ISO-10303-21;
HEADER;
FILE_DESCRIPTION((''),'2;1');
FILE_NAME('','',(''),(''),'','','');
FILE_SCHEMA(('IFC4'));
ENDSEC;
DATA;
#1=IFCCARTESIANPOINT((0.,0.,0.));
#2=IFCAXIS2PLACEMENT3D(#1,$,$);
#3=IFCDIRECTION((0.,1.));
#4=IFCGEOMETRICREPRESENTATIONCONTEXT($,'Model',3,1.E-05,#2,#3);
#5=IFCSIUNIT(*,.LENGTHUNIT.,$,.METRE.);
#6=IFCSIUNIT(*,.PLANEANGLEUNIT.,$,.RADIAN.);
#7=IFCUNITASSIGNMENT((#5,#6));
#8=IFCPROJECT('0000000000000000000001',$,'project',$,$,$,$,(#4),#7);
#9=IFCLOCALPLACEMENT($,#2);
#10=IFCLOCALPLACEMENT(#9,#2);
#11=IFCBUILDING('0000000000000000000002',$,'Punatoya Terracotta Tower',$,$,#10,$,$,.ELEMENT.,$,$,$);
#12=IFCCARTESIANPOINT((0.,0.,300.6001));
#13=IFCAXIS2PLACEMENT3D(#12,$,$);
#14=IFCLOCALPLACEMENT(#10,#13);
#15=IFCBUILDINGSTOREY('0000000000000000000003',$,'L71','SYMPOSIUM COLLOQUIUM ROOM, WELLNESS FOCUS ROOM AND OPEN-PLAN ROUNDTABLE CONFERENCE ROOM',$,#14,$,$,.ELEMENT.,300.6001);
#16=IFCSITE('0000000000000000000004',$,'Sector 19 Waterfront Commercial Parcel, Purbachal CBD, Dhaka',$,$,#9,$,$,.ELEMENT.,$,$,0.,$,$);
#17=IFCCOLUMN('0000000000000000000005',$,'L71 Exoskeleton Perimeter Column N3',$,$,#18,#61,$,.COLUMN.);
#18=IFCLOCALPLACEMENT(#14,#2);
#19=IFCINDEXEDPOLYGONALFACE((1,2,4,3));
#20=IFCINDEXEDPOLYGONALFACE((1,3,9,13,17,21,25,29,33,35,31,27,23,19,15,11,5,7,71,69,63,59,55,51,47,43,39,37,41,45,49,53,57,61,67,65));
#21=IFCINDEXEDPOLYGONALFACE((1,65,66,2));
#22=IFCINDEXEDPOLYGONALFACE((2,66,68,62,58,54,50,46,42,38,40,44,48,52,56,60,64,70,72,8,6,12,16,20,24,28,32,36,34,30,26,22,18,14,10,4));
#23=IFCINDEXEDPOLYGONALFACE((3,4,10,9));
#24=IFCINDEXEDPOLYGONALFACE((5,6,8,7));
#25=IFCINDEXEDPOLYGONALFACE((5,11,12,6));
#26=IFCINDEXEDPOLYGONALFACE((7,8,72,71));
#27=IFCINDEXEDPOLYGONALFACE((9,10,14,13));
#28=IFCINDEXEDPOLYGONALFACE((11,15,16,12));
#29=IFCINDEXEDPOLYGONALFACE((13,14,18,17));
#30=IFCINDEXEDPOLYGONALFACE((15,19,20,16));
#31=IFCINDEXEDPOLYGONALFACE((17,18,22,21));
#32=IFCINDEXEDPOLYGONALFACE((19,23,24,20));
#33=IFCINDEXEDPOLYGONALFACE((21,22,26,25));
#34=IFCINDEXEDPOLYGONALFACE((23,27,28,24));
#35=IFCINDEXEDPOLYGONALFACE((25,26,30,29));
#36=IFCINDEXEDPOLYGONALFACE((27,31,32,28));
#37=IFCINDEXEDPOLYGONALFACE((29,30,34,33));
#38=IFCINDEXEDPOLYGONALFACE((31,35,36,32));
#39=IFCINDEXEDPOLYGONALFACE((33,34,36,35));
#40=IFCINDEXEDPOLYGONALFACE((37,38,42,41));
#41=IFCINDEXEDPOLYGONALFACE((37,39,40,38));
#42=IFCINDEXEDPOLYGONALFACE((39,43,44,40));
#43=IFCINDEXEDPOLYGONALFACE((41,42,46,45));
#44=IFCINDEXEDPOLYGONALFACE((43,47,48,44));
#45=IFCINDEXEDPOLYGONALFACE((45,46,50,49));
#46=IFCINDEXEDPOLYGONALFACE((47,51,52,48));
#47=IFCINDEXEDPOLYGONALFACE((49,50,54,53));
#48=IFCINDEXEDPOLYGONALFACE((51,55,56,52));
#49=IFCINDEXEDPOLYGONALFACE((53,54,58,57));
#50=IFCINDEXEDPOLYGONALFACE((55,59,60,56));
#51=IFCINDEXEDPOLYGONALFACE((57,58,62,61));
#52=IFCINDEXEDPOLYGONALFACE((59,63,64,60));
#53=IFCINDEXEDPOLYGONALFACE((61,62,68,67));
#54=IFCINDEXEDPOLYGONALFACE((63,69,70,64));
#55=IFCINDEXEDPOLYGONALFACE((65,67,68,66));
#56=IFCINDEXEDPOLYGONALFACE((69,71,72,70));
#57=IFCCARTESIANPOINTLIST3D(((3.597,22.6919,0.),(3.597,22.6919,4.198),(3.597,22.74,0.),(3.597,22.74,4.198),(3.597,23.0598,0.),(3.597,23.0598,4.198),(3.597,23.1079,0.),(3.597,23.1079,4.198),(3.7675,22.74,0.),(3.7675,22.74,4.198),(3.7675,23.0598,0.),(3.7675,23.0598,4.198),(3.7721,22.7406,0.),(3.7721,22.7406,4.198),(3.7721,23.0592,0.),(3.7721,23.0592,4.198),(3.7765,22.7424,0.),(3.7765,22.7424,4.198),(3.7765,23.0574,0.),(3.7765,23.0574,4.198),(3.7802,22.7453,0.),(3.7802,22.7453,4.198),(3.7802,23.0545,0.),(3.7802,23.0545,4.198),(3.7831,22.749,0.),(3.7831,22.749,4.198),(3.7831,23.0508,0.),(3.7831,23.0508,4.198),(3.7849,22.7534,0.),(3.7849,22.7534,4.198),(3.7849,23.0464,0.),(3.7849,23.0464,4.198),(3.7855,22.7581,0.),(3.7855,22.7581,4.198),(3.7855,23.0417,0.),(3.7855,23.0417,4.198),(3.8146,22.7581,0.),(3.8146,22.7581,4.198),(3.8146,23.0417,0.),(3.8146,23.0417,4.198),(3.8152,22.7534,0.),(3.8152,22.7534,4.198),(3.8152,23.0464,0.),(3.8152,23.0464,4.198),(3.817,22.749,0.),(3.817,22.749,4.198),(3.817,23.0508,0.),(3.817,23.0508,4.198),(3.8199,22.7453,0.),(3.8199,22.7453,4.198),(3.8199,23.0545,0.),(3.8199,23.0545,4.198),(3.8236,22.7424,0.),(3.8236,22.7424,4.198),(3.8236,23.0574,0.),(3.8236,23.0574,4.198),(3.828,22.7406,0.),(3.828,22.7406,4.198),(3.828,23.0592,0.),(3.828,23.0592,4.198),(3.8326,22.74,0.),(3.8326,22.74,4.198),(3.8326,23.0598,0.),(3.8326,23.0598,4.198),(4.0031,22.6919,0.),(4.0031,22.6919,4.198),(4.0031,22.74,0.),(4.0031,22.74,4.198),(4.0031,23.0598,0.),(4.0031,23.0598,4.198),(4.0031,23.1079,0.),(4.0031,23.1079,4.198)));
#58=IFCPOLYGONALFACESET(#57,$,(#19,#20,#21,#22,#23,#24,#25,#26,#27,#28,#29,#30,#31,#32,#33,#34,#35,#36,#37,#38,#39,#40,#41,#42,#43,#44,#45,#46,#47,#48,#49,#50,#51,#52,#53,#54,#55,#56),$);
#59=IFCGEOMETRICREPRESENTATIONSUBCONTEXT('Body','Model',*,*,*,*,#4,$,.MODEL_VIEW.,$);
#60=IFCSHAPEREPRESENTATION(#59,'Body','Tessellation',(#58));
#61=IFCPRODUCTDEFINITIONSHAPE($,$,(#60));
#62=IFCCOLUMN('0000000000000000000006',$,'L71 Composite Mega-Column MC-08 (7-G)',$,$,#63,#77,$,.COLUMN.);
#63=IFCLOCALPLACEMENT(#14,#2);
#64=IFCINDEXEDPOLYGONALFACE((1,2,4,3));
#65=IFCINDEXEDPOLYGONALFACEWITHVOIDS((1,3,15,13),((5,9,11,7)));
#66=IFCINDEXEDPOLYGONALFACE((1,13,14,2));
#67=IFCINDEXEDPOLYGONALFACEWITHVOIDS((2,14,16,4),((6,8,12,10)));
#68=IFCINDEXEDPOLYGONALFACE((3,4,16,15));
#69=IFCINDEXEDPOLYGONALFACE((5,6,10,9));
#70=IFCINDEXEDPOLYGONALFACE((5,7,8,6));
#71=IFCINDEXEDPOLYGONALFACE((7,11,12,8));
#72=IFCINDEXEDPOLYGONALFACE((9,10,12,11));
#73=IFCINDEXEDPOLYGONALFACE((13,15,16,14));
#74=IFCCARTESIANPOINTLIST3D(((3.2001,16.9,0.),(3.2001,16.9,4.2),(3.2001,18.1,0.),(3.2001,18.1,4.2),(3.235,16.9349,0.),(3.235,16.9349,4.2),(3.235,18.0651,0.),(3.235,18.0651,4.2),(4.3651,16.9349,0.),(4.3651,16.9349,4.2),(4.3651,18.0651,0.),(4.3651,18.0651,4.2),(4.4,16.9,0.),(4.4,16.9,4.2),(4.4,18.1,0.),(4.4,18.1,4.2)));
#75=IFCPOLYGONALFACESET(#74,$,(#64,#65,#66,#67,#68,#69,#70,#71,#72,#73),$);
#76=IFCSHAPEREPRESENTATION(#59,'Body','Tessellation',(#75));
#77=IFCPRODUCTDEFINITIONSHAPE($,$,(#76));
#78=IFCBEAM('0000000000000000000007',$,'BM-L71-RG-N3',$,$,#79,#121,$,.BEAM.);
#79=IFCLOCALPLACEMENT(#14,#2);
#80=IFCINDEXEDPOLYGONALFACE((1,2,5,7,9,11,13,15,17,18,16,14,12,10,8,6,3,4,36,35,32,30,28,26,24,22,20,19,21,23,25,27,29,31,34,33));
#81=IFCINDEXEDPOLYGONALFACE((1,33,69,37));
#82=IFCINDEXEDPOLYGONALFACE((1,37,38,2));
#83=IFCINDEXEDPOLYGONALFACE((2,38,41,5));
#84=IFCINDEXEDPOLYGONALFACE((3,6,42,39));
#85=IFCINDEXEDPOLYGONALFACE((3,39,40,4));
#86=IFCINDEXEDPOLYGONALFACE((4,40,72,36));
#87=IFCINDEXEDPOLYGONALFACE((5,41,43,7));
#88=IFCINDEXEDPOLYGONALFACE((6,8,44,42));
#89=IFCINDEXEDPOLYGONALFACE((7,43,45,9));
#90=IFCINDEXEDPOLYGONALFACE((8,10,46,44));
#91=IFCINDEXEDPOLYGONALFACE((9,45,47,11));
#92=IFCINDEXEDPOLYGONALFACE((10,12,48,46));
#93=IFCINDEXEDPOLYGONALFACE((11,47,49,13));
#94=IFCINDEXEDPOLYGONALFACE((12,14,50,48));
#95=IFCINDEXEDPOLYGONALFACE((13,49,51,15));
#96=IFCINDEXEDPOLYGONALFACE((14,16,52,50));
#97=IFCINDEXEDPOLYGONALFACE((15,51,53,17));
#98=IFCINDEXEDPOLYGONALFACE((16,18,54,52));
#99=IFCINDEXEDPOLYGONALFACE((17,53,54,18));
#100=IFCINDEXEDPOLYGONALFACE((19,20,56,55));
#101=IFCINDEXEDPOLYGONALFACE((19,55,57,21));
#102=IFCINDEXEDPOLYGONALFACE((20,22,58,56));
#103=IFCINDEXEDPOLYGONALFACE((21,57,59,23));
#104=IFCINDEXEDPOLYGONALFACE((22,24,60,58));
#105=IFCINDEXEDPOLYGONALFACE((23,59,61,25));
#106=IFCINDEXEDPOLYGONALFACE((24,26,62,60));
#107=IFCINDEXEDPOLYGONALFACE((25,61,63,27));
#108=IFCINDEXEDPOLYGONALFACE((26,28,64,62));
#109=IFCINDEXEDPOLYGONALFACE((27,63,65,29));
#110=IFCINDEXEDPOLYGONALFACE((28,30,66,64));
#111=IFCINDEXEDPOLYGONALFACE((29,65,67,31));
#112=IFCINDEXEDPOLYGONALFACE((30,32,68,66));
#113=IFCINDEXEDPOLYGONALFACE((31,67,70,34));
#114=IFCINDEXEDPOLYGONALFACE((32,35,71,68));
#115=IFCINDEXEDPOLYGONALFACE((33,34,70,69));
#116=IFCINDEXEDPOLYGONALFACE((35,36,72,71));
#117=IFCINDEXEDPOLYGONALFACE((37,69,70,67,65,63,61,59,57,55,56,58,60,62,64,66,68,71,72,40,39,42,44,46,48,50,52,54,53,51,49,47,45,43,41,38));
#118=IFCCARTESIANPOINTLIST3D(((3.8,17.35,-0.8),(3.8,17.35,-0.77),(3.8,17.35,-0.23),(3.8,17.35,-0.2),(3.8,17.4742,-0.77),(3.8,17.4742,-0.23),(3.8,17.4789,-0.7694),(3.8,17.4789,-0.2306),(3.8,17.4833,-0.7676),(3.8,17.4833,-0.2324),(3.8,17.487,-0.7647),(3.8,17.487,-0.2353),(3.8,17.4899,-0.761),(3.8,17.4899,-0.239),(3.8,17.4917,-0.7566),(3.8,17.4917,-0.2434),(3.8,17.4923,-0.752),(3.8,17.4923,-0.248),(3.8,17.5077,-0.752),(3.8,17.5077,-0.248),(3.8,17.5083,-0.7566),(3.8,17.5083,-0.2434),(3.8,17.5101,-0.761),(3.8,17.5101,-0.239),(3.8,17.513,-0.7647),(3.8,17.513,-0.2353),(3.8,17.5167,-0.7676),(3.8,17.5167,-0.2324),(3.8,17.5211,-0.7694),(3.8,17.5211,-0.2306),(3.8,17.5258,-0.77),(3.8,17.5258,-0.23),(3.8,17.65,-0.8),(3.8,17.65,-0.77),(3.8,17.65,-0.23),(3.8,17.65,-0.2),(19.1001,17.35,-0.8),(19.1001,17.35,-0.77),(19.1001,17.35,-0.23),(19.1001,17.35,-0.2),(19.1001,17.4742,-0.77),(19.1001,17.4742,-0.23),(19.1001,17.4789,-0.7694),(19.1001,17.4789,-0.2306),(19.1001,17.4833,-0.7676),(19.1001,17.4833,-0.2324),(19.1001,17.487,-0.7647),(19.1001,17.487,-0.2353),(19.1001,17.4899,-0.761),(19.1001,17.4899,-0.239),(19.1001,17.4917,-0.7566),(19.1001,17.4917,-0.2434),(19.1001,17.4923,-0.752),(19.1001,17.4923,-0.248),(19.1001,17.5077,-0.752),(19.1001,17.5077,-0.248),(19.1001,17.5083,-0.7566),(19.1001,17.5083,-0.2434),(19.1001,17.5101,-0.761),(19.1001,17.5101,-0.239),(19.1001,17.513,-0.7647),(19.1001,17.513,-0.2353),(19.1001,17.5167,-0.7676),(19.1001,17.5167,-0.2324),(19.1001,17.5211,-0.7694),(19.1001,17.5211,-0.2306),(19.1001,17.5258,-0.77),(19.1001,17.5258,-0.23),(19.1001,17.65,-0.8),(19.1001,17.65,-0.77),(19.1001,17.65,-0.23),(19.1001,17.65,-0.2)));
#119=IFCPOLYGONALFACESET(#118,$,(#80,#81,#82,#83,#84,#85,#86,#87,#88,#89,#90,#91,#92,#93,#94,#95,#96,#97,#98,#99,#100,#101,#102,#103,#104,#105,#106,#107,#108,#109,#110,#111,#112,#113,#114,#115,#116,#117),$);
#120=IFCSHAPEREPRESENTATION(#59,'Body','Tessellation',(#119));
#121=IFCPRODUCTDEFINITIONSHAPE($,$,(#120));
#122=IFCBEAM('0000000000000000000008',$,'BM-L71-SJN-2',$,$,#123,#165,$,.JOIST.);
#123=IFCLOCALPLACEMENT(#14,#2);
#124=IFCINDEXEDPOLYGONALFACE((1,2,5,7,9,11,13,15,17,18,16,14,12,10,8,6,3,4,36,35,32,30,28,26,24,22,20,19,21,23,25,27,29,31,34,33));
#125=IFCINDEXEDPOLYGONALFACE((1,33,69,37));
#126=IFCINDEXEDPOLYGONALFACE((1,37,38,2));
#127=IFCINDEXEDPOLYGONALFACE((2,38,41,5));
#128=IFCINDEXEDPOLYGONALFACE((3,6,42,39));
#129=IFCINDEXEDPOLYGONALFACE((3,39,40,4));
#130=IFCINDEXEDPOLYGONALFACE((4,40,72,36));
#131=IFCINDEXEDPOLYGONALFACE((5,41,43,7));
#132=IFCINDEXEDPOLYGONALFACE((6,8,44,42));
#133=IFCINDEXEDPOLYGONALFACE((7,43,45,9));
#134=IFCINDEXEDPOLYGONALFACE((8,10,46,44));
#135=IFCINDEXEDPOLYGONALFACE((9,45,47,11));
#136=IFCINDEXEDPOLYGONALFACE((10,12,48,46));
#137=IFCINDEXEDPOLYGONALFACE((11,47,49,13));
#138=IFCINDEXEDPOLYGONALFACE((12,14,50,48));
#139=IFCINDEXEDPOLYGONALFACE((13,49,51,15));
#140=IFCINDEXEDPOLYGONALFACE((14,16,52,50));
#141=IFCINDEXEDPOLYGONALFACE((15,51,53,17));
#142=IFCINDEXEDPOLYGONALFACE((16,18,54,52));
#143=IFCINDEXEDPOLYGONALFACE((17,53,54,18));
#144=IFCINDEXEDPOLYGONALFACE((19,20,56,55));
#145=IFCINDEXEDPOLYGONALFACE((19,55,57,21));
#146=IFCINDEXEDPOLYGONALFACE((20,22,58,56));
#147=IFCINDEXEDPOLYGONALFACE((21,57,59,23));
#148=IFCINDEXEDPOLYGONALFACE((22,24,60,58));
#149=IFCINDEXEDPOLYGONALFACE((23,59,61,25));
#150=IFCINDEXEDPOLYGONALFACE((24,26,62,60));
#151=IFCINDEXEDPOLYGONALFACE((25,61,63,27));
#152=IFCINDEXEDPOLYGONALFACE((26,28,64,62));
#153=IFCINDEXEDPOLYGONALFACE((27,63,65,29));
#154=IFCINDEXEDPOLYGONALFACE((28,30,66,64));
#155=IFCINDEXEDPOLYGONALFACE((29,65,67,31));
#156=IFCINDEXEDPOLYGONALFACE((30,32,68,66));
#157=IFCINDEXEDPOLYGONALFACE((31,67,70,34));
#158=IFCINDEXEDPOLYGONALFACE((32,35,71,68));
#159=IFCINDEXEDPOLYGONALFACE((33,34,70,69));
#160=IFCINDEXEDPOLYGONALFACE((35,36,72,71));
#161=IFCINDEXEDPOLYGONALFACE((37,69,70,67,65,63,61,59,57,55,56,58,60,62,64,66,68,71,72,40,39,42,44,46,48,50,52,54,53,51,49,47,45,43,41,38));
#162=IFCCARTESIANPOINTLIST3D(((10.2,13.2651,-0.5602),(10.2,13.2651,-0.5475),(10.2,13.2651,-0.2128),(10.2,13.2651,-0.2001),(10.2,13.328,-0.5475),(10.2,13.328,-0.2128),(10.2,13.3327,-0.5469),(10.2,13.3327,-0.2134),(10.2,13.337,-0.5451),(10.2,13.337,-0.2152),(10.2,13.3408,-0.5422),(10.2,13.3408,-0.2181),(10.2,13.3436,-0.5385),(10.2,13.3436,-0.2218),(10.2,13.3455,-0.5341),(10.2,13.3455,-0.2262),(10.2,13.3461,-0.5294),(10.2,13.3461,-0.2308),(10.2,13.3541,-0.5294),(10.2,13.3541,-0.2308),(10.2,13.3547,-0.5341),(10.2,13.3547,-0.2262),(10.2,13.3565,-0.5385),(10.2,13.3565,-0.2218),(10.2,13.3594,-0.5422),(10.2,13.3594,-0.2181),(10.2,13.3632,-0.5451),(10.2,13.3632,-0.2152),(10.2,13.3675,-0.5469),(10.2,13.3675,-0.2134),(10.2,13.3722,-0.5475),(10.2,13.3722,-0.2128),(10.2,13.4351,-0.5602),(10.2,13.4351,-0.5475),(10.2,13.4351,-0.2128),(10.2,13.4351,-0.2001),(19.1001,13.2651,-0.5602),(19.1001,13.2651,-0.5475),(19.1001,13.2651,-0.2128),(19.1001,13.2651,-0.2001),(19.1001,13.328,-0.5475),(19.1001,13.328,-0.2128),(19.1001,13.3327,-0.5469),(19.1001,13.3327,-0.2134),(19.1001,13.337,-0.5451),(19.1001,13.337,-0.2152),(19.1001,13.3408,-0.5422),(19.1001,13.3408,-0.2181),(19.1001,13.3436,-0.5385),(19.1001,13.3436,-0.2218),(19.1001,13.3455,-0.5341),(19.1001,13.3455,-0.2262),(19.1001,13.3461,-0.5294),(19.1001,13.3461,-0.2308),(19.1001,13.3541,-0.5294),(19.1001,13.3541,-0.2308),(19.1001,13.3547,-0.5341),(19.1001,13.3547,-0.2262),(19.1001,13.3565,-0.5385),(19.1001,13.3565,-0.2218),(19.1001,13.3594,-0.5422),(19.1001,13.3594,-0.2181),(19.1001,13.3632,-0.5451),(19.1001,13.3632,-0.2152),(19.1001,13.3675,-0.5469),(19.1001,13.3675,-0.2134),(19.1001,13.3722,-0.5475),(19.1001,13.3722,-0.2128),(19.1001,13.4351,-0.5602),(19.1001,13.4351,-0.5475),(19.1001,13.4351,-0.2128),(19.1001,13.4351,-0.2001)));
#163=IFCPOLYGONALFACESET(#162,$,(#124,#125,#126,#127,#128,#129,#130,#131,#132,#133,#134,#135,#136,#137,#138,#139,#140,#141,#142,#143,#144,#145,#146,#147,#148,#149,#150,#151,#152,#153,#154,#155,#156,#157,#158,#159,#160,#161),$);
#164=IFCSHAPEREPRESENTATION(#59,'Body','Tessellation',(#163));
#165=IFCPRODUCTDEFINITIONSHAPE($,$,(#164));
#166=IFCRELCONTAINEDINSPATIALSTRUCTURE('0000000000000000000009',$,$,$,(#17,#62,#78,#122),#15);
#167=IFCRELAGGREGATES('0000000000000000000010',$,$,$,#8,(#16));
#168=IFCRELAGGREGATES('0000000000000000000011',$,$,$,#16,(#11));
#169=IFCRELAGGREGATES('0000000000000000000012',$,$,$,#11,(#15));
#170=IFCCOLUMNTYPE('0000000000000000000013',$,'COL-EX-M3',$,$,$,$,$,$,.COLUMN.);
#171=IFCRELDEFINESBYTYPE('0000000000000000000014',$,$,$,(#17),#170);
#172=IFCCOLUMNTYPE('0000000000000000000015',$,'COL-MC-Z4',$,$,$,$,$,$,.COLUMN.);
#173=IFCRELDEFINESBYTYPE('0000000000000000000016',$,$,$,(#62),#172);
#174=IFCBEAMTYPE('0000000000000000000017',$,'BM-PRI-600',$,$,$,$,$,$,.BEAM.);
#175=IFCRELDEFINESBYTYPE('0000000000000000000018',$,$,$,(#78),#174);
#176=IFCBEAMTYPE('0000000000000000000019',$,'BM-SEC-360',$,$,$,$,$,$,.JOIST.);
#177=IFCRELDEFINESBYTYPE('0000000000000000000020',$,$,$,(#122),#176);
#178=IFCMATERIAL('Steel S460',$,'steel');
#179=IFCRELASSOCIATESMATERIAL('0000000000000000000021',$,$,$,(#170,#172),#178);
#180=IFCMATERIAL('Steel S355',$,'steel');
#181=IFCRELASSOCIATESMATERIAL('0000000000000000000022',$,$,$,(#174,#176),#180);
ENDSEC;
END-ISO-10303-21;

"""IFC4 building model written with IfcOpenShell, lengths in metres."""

from ifc_helpers import new_model, si_unit, direction, frame, origin, origin_2d, place, context, subcontext, project, spatial, hollow_rectangle, i_section, extrude, material, material_profile, profile_set, type_object, element, save


model = new_model("IFC4")

# Units and contexts
model_context = context("Model", 3, precision=1e-05, world=origin(), true_north=direction((0.0, 1.0)))
body_context = subcontext(model_context, "Body", "Model", "MODEL_VIEW")
ifc_project = project(units=[si_unit("LENGTHUNIT", "METRE"), si_unit("PLANEANGLEUNIT", "RADIAN")], contexts=[model_context])

# Site, building, storey
site_placement = place(None, origin())
site = spatial("IfcSite", under=ifc_project, at=site_placement, Name="Sector 19 Waterfront Commercial Parcel, Purbachal CBD, Dhaka", CompositionType="ELEMENT", RefElevation=0.0)
building_placement = place(site_placement, origin())
building = spatial("IfcBuilding", under=site, at=building_placement, Name="Punatoya Terracotta Tower", CompositionType="ELEMENT")
storey_placement = place(building_placement, frame((0.0, 0.0, 300.6001)))
storey = spatial("IfcBuildingStorey", under=building, at=storey_placement, Name="L71", Description="SYMPOSIUM COLLOQUIUM ROOM, WELLNESS FOCUS ROOM AND OPEN-PLAN ROUNDTABLE CONFERENCE ROOM", CompositionType="ELEMENT", Elevation=300.6001)

# Columns
ifc_material_1 = material(Name="Steel S460", Category="steel")
ifc_material_profile_1 = material_profile(ifc_material_1, i_section(OverallWidth=0.406, OverallDepth=0.416, WebThickness=0.0291, FlangeThickness=0.0481, FilletRadius=0.0181, at=origin_2d()))
ifc_profile_set_1 = profile_set([ifc_material_profile_1], Name="Steel S460")
column_type_1 = type_object("IfcColumnType", Name="COL-EX-M3", PredefinedType="COLUMN", material=ifc_profile_set_1)
column_1_placement = place(storey_placement, frame((3.8, 22.8999, 0.0), z_axis=(0.0, 0.0, 1.0), x_axis=(1.0, 0.0, 0.0)))
element("IfcColumn", 1, at=column_1_placement, inside=storey, type_object=column_type_1, Name="L71 Exoskeleton Perimeter Column N3", PredefinedType="COLUMN", context=body_context, shape_type="SweptSolid", body=[
    extrude(i_section(OverallWidth=0.406, OverallDepth=0.416, WebThickness=0.0291, FlangeThickness=0.0481, FilletRadius=0.0181, at=origin_2d()), origin(), (0.0, 0.0, 1.0), 4.198),
])
ifc_material_profile_2 = material_profile(ifc_material_1, hollow_rectangle(XDim=1.2, YDim=1.2, WallThickness=0.0349, at=origin_2d()))
ifc_profile_set_2 = profile_set([ifc_material_profile_2], Name="Steel S460")
column_type_2 = type_object("IfcColumnType", Name="COL-MC-Z4", PredefinedType="COLUMN", material=ifc_profile_set_2)
column_2_placement = place(storey_placement, frame((3.8, 17.5, 0.0), z_axis=(0.0, 0.0, 1.0), x_axis=(1.0, 0.0, 0.0)))
element("IfcColumn", 2, at=column_2_placement, inside=storey, type_object=column_type_2, Name="L71 Composite Mega-Column MC-08 (7-G)", PredefinedType="COLUMN", context=body_context, shape_type="SweptSolid", body=[
    extrude(hollow_rectangle(XDim=1.2, YDim=1.2, WallThickness=0.0349, at=origin_2d()), origin(), (0.0, 0.0, 1.0), 4.2),
])

# Beams
ifc_material_2 = material(Name="Steel S355", Category="steel")
ifc_material_profile_3 = material_profile(ifc_material_2, i_section(OverallWidth=0.3, OverallDepth=0.6001, WebThickness=0.0154, FlangeThickness=0.03, FilletRadius=0.0181, at=origin_2d()))
ifc_profile_set_3 = profile_set([ifc_material_profile_3], Name="Steel S355")
beam_type_1 = type_object("IfcBeamType", Name="BM-PRI-600", PredefinedType="BEAM", material=ifc_profile_set_3)
beam_1_placement = place(storey_placement, frame((3.8, 17.5, -0.5), z_axis=(1.0, 0.0, 0.0), x_axis=(0.0, 1.0, 0.0)))
element("IfcBeam", 3, at=beam_1_placement, inside=storey, type_object=beam_type_1, Name="BM-L71-RG-N3", PredefinedType="BEAM", context=body_context, shape_type="SweptSolid", body=[
    extrude(i_section(OverallWidth=0.3, OverallDepth=0.6001, WebThickness=0.0154, FlangeThickness=0.03, FilletRadius=0.0181, at=origin_2d()), origin(), (0.0, 0.0, 1.0), 15.3),
])
ifc_material_profile_4 = material_profile(ifc_material_2, i_section(OverallWidth=0.1699, OverallDepth=0.3601, WebThickness=0.0081, FlangeThickness=0.0127, FilletRadius=0.0181, at=origin_2d()))
ifc_profile_set_4 = profile_set([ifc_material_profile_4], Name="Steel S355")
beam_type_2 = type_object("IfcBeamType", Name="BM-SEC-360", PredefinedType="JOIST", material=ifc_profile_set_4)
beam_2_placement = place(storey_placement, frame((10.2, 13.3501, -0.3801), z_axis=(1.0, 0.0, 0.0), x_axis=(0.0, 1.0, 0.0)))
element("IfcBeam", 4, at=beam_2_placement, inside=storey, type_object=beam_type_2, Name="BM-L71-SJN-2", PredefinedType="JOIST", context=body_context, shape_type="SweptSolid", body=[
    extrude(i_section(OverallWidth=0.1699, OverallDepth=0.3601, WebThickness=0.0081, FlangeThickness=0.0127, FilletRadius=0.0181, at=origin_2d()), origin(), (0.0, 0.0, 1.0), 8.9001),
])

save(model, "model.ifc")
